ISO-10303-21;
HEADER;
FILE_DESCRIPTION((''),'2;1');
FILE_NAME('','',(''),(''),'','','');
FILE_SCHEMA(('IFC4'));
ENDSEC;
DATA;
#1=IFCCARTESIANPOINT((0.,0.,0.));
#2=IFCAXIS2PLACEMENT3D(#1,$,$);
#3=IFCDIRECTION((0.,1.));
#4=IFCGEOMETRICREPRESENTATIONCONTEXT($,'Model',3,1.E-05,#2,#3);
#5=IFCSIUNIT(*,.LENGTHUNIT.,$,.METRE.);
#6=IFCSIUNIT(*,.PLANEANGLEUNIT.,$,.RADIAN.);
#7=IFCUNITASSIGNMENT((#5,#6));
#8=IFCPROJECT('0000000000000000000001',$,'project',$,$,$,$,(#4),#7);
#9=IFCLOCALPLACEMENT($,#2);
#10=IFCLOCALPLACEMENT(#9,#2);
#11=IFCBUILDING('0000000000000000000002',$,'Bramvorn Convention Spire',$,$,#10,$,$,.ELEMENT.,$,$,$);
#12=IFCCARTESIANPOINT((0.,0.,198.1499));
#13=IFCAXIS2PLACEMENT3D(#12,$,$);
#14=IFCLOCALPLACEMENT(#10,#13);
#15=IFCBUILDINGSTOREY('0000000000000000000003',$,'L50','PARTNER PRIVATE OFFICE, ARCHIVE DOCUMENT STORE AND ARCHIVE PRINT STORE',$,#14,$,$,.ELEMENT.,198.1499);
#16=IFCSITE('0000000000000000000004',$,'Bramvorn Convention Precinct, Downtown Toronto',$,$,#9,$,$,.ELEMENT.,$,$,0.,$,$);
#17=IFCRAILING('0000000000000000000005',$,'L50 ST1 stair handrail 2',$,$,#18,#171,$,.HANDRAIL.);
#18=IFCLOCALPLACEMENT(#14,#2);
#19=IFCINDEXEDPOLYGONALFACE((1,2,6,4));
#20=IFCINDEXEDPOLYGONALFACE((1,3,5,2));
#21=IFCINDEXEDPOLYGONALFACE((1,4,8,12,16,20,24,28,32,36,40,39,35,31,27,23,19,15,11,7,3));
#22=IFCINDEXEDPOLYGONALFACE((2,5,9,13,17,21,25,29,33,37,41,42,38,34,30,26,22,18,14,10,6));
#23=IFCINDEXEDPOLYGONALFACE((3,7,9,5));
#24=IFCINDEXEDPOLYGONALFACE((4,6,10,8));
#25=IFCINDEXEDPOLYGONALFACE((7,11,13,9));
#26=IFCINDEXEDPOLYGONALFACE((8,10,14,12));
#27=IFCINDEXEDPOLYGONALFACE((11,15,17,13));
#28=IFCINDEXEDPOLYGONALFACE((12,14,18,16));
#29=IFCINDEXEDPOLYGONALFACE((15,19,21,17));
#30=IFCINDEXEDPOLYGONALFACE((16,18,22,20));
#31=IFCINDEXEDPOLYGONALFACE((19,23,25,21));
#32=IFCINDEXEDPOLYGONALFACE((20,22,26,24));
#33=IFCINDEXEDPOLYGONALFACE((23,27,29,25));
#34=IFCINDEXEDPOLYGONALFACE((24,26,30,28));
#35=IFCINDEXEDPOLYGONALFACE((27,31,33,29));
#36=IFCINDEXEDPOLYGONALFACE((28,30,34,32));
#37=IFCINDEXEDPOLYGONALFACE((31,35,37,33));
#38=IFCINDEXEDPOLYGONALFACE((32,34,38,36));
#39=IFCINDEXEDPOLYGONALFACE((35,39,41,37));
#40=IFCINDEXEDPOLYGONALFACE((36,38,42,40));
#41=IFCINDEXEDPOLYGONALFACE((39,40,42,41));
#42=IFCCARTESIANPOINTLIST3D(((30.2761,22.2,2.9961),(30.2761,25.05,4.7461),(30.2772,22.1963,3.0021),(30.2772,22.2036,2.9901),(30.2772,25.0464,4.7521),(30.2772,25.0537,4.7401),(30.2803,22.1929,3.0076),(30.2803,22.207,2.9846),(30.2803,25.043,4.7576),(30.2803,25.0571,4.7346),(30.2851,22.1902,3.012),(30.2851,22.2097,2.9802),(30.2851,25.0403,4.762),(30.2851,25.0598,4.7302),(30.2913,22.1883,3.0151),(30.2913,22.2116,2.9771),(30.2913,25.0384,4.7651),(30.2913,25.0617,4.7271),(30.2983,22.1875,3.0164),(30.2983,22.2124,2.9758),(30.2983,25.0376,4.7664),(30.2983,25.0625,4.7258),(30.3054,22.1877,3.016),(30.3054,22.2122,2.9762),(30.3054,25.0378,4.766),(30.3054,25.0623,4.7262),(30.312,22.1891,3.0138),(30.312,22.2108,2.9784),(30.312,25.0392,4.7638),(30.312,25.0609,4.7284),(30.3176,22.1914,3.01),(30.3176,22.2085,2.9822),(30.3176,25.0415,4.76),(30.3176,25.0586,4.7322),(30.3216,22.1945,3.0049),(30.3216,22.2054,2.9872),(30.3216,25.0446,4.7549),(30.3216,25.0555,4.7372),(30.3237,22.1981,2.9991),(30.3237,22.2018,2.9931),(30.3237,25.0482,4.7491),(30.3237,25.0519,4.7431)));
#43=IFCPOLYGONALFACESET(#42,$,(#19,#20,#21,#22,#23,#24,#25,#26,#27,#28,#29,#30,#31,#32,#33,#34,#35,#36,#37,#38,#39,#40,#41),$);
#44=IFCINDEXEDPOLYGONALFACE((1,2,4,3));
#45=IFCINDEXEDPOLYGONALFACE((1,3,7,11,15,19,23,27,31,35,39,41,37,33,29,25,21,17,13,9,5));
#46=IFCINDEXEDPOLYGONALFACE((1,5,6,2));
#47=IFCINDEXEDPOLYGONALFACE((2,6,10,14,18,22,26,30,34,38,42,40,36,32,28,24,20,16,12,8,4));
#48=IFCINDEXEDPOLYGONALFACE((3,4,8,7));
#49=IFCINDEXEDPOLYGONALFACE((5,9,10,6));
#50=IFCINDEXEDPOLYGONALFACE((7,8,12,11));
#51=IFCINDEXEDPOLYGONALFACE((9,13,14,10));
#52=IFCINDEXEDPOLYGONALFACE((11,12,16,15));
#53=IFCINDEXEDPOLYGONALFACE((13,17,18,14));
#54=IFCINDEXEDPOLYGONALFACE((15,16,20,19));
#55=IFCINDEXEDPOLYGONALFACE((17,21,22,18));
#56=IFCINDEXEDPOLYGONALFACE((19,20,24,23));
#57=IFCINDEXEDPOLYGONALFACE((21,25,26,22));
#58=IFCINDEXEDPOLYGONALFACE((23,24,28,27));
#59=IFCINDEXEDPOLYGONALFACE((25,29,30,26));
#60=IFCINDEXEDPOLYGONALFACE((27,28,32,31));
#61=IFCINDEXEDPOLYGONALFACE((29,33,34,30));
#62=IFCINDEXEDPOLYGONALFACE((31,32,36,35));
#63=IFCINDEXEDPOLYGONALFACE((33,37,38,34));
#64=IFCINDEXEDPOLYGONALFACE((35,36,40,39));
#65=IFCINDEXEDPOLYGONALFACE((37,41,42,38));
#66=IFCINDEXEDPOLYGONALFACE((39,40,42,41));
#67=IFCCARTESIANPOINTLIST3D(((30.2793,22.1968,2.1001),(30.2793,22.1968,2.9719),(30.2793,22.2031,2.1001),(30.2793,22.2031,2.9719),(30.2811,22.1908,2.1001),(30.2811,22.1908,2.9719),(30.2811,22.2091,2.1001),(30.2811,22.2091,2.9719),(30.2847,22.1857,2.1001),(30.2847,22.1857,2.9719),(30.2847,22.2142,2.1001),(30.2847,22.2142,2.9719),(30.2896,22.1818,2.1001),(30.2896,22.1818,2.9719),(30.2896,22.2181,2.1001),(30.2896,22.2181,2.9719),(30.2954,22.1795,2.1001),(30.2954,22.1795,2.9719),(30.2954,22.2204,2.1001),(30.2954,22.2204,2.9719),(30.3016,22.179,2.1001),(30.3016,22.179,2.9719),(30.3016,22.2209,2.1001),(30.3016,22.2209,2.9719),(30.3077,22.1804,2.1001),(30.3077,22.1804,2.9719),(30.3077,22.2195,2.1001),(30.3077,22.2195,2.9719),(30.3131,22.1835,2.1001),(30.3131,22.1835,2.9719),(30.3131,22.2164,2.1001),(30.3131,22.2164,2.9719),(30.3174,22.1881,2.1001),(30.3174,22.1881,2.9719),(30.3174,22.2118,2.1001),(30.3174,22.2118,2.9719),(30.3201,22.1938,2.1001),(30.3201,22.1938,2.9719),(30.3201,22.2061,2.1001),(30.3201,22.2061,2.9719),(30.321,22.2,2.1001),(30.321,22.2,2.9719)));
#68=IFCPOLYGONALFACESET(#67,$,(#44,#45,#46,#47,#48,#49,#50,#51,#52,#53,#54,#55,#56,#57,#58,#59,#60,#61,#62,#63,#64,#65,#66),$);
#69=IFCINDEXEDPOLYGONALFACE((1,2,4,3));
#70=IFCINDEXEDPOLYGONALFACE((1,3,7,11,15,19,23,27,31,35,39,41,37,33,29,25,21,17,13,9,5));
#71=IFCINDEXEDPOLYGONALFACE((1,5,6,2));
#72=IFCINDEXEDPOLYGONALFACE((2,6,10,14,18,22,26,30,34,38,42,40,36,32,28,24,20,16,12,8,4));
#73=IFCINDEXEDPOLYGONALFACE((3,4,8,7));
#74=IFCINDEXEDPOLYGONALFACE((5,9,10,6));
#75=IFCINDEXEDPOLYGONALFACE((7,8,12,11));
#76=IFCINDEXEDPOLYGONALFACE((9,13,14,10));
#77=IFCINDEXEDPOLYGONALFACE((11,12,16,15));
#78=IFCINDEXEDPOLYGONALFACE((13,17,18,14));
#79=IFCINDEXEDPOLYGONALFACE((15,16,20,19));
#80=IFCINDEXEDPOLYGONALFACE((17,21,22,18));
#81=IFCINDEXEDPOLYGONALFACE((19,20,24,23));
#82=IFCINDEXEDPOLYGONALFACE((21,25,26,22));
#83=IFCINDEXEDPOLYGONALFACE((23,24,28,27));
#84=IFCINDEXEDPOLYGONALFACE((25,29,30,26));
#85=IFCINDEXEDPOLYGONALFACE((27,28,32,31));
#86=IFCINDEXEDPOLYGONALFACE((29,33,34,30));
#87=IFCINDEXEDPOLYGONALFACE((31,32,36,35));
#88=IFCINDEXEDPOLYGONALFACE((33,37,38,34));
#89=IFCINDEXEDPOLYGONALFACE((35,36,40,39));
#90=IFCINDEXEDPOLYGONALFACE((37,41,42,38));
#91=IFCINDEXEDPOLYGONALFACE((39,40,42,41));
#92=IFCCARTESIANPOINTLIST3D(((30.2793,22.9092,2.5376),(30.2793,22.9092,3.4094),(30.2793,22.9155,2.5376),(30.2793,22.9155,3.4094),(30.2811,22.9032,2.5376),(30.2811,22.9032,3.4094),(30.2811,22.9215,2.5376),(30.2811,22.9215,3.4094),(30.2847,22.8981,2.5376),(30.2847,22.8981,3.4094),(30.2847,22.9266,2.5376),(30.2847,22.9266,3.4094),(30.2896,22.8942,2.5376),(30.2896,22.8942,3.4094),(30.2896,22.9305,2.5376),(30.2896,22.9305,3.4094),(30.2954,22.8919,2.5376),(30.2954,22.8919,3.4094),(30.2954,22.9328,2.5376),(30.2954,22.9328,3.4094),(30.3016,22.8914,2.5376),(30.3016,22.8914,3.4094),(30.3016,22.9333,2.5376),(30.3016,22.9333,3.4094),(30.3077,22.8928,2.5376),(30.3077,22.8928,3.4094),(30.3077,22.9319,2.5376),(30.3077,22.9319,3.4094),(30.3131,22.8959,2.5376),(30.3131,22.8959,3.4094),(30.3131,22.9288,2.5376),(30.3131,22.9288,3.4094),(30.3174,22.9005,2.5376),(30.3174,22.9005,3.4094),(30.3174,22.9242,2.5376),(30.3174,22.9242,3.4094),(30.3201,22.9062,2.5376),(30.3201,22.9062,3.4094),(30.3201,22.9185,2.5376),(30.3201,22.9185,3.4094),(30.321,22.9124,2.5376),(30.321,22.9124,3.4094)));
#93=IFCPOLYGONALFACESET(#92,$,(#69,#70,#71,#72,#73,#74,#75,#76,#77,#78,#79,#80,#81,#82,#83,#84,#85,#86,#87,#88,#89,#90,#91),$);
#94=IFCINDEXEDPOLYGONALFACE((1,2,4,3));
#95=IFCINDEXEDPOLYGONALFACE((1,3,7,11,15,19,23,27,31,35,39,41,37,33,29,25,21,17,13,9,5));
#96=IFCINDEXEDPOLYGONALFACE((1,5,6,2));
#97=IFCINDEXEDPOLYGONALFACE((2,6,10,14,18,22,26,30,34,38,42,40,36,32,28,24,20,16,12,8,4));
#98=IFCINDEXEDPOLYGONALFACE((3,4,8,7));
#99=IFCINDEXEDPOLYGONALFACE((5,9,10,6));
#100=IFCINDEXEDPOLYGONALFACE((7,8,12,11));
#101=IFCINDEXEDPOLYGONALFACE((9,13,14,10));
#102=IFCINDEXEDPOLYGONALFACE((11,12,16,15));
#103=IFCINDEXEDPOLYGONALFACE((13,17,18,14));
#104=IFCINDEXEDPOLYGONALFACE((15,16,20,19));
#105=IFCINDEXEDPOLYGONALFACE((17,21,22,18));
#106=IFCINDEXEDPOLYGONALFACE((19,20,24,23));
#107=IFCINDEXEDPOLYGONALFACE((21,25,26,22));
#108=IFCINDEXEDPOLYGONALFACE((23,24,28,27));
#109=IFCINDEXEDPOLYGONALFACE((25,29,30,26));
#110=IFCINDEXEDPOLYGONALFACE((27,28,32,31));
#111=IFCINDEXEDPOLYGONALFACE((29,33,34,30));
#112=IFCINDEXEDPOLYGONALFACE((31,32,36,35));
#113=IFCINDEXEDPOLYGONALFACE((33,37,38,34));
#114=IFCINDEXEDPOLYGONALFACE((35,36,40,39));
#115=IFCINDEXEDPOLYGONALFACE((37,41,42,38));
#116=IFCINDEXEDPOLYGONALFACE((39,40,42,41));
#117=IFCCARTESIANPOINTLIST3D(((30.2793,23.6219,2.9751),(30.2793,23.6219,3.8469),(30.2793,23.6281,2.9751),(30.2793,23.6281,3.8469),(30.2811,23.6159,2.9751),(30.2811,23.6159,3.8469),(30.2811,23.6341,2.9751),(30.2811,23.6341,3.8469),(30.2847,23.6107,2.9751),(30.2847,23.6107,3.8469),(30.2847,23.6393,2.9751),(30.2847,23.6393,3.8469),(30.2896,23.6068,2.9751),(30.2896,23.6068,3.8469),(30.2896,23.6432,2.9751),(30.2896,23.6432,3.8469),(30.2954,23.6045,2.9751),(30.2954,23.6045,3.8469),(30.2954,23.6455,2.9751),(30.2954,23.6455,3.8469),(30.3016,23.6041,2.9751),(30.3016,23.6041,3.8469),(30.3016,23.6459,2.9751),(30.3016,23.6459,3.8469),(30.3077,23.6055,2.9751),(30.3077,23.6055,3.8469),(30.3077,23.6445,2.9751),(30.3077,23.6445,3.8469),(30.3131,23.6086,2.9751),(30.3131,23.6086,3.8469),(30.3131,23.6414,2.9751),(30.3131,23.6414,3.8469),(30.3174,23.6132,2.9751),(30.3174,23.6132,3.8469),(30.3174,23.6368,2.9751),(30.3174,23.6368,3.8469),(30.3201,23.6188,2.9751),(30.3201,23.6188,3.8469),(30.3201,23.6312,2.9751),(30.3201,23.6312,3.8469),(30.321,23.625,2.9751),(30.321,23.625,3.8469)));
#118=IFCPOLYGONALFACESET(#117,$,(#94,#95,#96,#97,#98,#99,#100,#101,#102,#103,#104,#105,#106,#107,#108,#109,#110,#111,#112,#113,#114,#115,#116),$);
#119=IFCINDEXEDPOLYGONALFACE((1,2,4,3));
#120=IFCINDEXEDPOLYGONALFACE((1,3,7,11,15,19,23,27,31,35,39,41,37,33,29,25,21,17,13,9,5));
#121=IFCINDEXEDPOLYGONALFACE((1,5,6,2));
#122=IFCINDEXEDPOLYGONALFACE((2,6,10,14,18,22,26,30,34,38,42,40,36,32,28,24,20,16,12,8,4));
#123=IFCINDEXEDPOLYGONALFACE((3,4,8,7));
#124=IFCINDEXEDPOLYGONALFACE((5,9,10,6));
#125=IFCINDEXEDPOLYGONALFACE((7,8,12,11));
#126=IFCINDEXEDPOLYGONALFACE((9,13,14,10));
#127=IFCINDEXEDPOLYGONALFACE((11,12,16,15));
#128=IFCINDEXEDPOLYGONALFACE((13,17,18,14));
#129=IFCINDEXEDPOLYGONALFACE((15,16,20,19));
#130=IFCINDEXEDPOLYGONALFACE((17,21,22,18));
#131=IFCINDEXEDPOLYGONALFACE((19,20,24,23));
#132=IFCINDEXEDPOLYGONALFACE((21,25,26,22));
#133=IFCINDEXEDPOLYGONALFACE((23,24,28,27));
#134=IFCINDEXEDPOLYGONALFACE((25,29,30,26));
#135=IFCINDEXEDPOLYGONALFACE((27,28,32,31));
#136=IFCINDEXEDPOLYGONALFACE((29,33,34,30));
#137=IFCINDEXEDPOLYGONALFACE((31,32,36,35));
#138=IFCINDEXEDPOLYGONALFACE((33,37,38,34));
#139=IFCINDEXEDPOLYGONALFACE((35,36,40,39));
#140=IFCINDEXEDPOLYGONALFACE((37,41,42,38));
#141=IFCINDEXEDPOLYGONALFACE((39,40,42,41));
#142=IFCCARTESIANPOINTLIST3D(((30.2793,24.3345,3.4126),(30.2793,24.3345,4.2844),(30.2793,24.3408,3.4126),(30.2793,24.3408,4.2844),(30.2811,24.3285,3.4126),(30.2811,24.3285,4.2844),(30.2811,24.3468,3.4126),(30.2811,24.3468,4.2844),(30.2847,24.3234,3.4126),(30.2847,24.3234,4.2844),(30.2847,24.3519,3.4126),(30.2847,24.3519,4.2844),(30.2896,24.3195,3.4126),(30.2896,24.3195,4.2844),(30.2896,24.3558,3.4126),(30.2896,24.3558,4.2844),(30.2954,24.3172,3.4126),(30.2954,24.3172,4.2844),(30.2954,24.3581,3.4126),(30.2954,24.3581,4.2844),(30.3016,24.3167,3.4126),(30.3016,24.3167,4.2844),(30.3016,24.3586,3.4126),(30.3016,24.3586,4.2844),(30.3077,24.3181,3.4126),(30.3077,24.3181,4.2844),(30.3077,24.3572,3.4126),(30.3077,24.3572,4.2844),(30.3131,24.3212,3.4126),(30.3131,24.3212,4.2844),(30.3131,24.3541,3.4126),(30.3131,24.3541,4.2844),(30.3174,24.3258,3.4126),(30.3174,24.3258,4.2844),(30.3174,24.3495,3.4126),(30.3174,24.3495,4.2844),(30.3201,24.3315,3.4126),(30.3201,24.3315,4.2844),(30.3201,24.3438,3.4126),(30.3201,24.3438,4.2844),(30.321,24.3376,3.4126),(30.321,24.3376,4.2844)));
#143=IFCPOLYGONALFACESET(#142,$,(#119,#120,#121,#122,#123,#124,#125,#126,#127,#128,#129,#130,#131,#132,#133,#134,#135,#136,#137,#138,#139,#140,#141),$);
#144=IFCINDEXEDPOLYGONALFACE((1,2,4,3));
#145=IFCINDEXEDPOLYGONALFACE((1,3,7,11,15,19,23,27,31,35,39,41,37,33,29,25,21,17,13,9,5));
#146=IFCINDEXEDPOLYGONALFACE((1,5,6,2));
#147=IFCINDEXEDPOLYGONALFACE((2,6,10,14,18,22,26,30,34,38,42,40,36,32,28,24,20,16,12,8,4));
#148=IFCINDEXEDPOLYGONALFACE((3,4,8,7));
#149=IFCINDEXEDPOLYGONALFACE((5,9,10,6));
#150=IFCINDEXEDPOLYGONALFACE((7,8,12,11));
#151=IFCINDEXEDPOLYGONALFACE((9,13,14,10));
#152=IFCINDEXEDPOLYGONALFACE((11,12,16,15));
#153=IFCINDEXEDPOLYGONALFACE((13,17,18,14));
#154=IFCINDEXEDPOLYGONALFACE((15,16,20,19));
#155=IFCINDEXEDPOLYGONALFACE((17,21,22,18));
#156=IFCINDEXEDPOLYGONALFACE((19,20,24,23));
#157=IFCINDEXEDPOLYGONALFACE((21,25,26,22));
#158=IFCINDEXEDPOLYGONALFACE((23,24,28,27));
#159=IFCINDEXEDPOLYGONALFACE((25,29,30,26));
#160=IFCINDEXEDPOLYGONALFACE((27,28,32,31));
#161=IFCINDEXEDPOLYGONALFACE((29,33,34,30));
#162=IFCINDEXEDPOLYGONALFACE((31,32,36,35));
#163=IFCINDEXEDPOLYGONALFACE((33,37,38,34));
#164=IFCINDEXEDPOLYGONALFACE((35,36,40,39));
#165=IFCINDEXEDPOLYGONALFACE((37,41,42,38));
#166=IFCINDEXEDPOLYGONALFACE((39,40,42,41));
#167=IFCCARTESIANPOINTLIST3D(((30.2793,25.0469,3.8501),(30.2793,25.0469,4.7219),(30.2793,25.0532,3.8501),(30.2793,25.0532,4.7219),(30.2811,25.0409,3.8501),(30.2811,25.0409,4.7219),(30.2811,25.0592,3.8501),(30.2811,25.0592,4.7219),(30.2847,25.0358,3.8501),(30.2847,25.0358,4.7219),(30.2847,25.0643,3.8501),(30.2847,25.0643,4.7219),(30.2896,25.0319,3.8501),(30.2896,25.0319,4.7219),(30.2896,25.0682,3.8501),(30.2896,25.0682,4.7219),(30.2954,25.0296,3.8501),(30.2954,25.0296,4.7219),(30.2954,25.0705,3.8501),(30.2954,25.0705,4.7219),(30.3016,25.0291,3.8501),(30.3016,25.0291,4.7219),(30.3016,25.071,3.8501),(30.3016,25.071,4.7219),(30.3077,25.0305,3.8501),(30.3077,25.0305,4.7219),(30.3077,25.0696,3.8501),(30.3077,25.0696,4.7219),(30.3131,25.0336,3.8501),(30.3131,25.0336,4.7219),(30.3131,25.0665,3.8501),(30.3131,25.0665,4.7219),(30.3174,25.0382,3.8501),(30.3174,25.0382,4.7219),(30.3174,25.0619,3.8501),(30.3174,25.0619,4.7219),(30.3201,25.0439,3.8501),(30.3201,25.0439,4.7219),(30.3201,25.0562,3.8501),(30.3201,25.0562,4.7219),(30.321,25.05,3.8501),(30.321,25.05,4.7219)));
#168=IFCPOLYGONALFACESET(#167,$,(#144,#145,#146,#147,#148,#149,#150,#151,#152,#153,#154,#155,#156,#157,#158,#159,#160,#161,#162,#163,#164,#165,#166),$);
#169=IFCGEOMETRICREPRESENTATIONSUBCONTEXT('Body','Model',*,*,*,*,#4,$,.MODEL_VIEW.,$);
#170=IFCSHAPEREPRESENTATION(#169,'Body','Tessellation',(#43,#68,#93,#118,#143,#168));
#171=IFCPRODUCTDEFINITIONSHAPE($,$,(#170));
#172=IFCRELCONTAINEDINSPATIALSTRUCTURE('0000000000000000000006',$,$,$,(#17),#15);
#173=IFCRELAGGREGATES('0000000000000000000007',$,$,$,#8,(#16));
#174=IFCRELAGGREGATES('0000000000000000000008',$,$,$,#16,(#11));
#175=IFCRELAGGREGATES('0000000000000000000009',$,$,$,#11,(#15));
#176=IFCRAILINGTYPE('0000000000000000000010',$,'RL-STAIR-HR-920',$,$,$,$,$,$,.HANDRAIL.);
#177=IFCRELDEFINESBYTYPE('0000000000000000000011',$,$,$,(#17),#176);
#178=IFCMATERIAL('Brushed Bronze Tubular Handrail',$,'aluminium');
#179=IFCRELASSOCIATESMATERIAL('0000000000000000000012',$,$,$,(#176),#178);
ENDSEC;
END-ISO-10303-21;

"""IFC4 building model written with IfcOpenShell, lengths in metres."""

from ifc_helpers import new_model, si_unit, direction, frame, origin, origin_2d, place, context, subcontext, project, spatial, circle, extrude, material, type_object, element, save


model = new_model("IFC4")

# Units and contexts
model_context = context("Model", 3, precision=1e-05, world=origin(), true_north=direction((0.0, 1.0)))
body_context = subcontext(model_context, "Body", "Model", "MODEL_VIEW")
ifc_project = project(units=[si_unit("LENGTHUNIT", "METRE"), si_unit("PLANEANGLEUNIT", "RADIAN")], contexts=[model_context])

# Site, building, storey
site_placement = place(None, origin())
site = spatial("IfcSite", under=ifc_project, at=site_placement, Name="Bramvorn Convention Precinct, Downtown Toronto", CompositionType="ELEMENT", RefElevation=0.0)
building_placement = place(site_placement, origin())
building = spatial("IfcBuilding", under=site, at=building_placement, Name="Bramvorn Convention Spire", CompositionType="ELEMENT")
storey_placement = place(building_placement, frame((0.0, 0.0, 198.1499)))
storey = spatial("IfcBuildingStorey", under=building, at=storey_placement, Name="L50", Description="PARTNER PRIVATE OFFICE, ARCHIVE DOCUMENT STORE AND ARCHIVE PRINT STORE", CompositionType="ELEMENT", Elevation=198.1499)

# Railing
ifc_material_1 = material(Name="Brushed Bronze Tubular Handrail", Category="aluminium")
railing_type_1 = type_object("IfcRailingType", Name="RL-STAIR-HR-920", PredefinedType="HANDRAIL", material=ifc_material_1)
railing_1_placement = place(storey_placement, frame((30.3, 22.2, 2.1001)))
element("IfcRailing", 1, at=railing_1_placement, inside=storey, type_object=railing_type_1, Name="L50 ST1 stair handrail 2", PredefinedType="HANDRAIL", context=body_context, shape_type="SweptSolid", body=[
    extrude(circle(Radius=0.0239, at=origin_2d()), frame((0.0, 0.0, 0.896), z_axis=(0.0, 0.852179, 0.52325), x_axis=(-1.0, 0.0, 0.0)), (0.0, 0.0, 1.0), 3.3445),
    extrude(circle(Radius=0.021, at=origin_2d()), origin(), (0.0, 0.0, 1.0), 0.8718),
    extrude(circle(Radius=0.021, at=origin_2d()), frame((0.0, 0.7124, 0.4375)), (0.0, 0.0, 1.0), 0.8718),
    extrude(circle(Radius=0.021, at=origin_2d()), frame((0.0, 1.425, 0.875)), (0.0, 0.0, 1.0), 0.8718),
    extrude(circle(Radius=0.021, at=origin_2d()), frame((0.0, 2.1377, 1.3125)), (0.0, 0.0, 1.0), 0.8718),
    extrude(circle(Radius=0.021, at=origin_2d()), frame((0.0, 2.8501, 1.75)), (0.0, 0.0, 1.0), 0.8718),
])

save(model, "model.ifc")
